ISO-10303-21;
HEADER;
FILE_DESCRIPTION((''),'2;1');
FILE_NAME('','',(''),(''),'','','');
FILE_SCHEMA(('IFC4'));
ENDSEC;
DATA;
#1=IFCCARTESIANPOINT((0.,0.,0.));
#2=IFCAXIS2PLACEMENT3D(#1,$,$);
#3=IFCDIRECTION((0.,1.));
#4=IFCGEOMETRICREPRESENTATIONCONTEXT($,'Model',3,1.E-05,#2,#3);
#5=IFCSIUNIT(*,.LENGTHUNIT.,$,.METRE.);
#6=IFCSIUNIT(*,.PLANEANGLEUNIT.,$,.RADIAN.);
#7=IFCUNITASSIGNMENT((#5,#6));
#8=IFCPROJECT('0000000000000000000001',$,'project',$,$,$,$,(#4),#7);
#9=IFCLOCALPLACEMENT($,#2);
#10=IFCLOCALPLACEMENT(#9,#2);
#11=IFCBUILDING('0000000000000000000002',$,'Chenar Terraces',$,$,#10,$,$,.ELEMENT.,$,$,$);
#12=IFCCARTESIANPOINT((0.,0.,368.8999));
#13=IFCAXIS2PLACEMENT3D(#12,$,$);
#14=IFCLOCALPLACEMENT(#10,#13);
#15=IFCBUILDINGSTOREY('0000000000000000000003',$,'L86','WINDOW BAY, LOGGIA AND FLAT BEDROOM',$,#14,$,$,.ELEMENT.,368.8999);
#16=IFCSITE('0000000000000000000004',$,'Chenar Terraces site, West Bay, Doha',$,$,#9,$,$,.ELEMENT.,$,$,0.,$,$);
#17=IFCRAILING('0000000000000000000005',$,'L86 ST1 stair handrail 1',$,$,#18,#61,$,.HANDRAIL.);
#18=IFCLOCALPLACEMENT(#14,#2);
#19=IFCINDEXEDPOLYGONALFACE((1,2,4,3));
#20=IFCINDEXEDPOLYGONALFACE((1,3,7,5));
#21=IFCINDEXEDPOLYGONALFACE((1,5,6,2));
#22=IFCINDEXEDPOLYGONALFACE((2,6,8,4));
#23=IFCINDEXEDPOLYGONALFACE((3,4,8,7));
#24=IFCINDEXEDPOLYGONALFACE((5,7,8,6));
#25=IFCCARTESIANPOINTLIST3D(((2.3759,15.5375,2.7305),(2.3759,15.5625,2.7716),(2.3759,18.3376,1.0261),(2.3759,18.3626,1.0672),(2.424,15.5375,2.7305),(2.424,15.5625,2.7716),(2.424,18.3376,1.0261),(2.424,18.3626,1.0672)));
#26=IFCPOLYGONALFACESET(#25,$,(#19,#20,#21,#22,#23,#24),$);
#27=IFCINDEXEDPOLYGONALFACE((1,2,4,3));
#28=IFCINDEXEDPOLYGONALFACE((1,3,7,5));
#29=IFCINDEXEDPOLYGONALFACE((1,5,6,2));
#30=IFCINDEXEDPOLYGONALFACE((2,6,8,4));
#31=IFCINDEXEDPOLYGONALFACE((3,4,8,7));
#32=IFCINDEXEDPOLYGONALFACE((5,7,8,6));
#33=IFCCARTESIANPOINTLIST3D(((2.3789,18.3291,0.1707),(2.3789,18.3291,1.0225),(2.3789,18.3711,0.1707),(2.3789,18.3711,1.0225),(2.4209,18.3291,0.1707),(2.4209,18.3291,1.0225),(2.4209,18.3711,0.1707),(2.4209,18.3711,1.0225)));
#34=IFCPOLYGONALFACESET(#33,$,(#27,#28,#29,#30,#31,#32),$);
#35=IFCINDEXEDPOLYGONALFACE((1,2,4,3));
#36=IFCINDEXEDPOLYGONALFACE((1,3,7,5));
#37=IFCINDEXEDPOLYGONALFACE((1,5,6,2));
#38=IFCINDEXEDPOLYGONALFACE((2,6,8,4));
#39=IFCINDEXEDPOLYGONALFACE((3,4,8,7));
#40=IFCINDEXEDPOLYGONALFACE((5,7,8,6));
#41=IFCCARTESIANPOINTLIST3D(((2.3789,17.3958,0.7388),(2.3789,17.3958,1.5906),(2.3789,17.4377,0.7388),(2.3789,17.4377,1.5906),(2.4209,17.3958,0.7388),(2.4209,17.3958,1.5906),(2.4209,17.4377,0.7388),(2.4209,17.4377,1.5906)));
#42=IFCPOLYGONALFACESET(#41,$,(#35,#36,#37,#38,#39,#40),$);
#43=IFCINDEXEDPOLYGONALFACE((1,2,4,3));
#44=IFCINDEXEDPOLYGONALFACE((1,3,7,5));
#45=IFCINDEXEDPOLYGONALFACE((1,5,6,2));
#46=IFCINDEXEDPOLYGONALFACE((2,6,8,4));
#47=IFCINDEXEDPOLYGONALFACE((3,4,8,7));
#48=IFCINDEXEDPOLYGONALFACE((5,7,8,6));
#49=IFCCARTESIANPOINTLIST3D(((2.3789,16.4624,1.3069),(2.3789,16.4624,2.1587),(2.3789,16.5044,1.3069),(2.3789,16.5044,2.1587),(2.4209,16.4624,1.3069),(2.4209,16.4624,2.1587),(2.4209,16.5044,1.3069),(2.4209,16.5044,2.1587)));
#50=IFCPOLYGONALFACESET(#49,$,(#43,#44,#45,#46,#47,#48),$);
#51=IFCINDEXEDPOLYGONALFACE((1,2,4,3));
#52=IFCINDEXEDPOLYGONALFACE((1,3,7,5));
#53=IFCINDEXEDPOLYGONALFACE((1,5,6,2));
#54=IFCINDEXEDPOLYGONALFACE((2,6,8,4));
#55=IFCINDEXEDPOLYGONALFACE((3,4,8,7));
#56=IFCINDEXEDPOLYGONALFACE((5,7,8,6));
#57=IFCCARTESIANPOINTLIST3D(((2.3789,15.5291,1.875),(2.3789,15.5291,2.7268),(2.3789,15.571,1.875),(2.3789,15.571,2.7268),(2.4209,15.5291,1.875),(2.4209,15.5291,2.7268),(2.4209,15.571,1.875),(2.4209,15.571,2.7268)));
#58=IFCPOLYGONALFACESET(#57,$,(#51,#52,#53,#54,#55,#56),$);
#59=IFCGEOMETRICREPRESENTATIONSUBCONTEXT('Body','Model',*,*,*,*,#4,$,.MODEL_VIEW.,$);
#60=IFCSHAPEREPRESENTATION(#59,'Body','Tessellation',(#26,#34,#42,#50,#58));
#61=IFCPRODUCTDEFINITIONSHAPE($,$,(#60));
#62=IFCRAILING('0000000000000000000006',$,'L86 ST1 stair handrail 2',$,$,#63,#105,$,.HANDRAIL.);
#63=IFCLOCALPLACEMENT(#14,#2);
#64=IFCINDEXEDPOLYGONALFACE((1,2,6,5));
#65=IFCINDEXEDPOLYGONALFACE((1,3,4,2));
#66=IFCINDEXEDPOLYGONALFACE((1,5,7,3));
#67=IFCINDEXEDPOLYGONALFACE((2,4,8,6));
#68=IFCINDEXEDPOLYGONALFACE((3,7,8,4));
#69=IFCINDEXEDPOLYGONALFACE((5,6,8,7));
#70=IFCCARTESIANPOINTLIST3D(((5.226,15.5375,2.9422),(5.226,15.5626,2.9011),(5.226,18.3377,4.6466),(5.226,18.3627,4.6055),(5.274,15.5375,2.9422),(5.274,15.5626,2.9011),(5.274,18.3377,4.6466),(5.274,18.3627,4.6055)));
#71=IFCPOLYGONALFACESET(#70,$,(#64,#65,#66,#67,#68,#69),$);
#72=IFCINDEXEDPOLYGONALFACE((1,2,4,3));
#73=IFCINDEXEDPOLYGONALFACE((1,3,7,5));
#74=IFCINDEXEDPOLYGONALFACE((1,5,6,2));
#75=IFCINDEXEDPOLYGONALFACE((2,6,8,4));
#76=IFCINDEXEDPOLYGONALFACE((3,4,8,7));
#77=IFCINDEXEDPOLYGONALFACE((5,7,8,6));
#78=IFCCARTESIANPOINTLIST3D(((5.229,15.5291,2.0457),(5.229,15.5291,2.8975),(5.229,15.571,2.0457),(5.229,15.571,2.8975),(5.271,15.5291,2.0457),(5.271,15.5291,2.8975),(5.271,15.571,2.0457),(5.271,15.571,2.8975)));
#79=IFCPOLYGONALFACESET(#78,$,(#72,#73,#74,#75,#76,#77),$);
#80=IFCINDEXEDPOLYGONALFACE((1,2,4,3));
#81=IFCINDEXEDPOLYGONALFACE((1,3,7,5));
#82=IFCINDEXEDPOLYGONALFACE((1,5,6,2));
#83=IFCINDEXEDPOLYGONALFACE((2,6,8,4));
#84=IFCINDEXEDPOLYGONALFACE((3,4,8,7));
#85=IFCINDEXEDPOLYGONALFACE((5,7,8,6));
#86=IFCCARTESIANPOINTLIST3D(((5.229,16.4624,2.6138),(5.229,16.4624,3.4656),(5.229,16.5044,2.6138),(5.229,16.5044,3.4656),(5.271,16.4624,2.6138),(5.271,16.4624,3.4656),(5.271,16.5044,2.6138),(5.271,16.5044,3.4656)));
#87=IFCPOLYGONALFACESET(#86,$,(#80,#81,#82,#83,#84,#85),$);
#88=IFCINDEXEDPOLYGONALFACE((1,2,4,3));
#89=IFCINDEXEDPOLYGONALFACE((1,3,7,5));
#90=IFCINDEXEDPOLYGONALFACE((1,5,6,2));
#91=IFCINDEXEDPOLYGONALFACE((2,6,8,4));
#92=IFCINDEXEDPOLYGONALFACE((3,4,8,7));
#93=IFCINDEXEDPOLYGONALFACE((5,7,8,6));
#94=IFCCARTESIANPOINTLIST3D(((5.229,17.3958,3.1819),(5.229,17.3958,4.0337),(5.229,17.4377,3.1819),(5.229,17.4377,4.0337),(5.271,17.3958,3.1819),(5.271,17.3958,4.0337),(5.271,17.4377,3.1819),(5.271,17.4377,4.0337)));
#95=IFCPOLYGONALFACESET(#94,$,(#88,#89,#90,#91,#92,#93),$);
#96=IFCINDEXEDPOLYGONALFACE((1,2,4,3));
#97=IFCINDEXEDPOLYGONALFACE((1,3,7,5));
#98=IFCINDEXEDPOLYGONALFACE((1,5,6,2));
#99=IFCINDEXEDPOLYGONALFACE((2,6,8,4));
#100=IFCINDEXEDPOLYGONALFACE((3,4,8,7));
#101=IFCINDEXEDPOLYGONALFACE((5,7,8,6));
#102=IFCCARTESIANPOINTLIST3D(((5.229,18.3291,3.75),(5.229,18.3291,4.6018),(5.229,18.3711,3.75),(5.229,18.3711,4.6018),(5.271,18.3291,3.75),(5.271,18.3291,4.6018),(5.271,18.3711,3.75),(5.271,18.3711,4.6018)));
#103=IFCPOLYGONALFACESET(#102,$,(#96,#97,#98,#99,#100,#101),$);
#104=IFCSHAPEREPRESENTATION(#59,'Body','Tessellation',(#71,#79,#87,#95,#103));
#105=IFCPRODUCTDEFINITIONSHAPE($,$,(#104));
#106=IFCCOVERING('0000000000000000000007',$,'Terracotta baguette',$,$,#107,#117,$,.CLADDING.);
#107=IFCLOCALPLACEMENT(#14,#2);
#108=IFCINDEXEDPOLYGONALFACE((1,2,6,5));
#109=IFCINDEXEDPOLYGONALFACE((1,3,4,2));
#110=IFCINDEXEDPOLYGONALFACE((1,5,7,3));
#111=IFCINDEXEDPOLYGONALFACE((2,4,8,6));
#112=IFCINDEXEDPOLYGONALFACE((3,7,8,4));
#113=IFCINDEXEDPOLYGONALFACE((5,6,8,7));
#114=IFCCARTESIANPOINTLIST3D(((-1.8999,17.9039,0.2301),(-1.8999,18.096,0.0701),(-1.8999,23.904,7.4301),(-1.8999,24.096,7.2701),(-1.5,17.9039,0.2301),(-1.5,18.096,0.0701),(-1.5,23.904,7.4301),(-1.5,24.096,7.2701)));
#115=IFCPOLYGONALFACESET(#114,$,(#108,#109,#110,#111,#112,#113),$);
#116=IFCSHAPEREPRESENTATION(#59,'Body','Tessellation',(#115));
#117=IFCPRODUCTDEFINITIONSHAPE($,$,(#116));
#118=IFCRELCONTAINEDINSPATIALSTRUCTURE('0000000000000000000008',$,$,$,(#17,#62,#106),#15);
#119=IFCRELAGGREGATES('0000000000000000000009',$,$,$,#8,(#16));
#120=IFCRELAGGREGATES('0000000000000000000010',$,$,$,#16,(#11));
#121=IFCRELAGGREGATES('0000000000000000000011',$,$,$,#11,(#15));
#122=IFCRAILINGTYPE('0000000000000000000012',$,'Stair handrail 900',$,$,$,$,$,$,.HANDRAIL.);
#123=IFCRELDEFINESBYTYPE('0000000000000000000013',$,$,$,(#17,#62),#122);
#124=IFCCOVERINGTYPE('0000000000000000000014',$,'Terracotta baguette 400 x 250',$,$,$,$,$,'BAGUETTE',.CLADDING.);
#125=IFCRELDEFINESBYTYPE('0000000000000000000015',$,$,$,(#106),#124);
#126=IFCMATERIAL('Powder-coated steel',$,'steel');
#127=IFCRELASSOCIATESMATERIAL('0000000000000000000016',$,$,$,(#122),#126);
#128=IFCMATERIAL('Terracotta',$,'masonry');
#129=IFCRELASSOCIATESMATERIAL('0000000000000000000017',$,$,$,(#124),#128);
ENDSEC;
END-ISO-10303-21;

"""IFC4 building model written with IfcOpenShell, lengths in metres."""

from ifc_helpers import new_model, si_unit, direction, frame, origin, origin_2d, place, context, subcontext, project, spatial, rectangle, extrude, material, material_profile, profile_set, type_object, element, save


model = new_model("IFC4")

# Units and contexts
model_context = context("Model", 3, precision=1e-05, world=origin(), true_north=direction((0.0, 1.0)))
body_context = subcontext(model_context, "Body", "Model", "MODEL_VIEW")
ifc_project = project(units=[si_unit("LENGTHUNIT", "METRE"), si_unit("PLANEANGLEUNIT", "RADIAN")], contexts=[model_context])

# Site, building, storey
site_placement = place(None, origin())
site = spatial("IfcSite", under=ifc_project, at=site_placement, Name="Chenar Terraces site, West Bay, Doha", CompositionType="ELEMENT", RefElevation=0.0)
building_placement = place(site_placement, origin())
building = spatial("IfcBuilding", under=site, at=building_placement, Name="Chenar Terraces", CompositionType="ELEMENT")
storey_placement = place(building_placement, frame((0.0, 0.0, 368.8999)))
storey = spatial("IfcBuildingStorey", under=building, at=storey_placement, Name="L86", Description="WINDOW BAY, LOGGIA AND FLAT BEDROOM", CompositionType="ELEMENT", Elevation=368.8999)

# Railings
ifc_material_1 = material(Name="Powder-coated steel", Category="steel")
railing_type_1 = type_object("IfcRailingType", Name="Stair handrail 900", PredefinedType="HANDRAIL", material=ifc_material_1)
railing_1_placement = place(storey_placement, frame((2.3999, 18.3501, 0.1707)))
element("IfcRailing", 1, at=railing_1_placement, inside=storey, type_object=railing_type_1, Name="L86 ST1 stair handrail 1", PredefinedType="HANDRAIL", context=body_context, shape_type="SweptSolid", body=[
    extrude(rectangle(XDim=0.0481, YDim=0.0481, at=origin_2d()), frame((0.0, 0.0, 0.876), z_axis=(0.0, -0.854203, 0.51994), x_axis=(1.0, 0.0, 0.0)), (0.0, 0.0, 1.0), 3.2781),
    extrude(rectangle(XDim=0.042, YDim=0.042, at=origin_2d()), origin(), (0.0, 0.0, 1.0), 0.8518),
    extrude(rectangle(XDim=0.042, YDim=0.042, at=origin_2d()), frame((0.0, -0.9333, 0.5681)), (0.0, 0.0, 1.0), 0.8518),
    extrude(rectangle(XDim=0.042, YDim=0.042, at=origin_2d()), frame((0.0, -1.8667, 1.1362)), (0.0, 0.0, 1.0), 0.8518),
    extrude(rectangle(XDim=0.042, YDim=0.042, at=origin_2d()), frame((0.0, -2.8, 1.7043)), (0.0, 0.0, 1.0), 0.8518),
])
railing_2_placement = place(storey_placement, frame((5.25, 15.55, 2.0457)))
element("IfcRailing", 2, at=railing_2_placement, inside=storey, type_object=railing_type_1, Name="L86 ST1 stair handrail 2", PredefinedType="HANDRAIL", context=body_context, shape_type="SweptSolid", body=[
    extrude(rectangle(XDim=0.0481, YDim=0.0481, at=origin_2d()), frame((0.0, 0.0, 0.876), z_axis=(0.0, 0.854203, 0.51994), x_axis=(-1.0, 0.0, 0.0)), (0.0, 0.0, 1.0), 3.2781),
    extrude(rectangle(XDim=0.042, YDim=0.042, at=origin_2d()), origin(), (0.0, 0.0, 1.0), 0.8518),
    extrude(rectangle(XDim=0.042, YDim=0.042, at=origin_2d()), frame((0.0, 0.9333, 0.5681)), (0.0, 0.0, 1.0), 0.8518),
    extrude(rectangle(XDim=0.042, YDim=0.042, at=origin_2d()), frame((0.0, 1.8667, 1.1362)), (0.0, 0.0, 1.0), 0.8518),
    extrude(rectangle(XDim=0.042, YDim=0.042, at=origin_2d()), frame((0.0, 2.8, 1.7043)), (0.0, 0.0, 1.0), 0.8518),
])

# Covering
ifc_material_2 = material(Name="Terracotta", Category="masonry")
ifc_material_profile_1 = material_profile(ifc_material_2, rectangle(XDim=0.3999, YDim=0.25, at=origin_2d()), Name="Terracotta baguette 400 x 250")
ifc_profile_set_1 = profile_set([ifc_material_profile_1], Name="Terracotta")
covering_type = type_object("IfcCoveringType", Name="Terracotta baguette 400 x 250", ElementType="BAGUETTE", PredefinedType="CLADDING", material=ifc_profile_set_1)
covering_placement = place(storey_placement, frame((-1.7, 24.0, 7.3501), z_axis=(0.0, -0.640187, -0.768219), x_axis=(1.0, 0.0, 0.0)))
element("IfcCovering", 3, at=covering_placement, inside=storey, type_object=covering_type, Name="Terracotta baguette", PredefinedType="CLADDING", context=body_context, shape_type="SweptSolid", body=[
    extrude(rectangle(XDim=0.3999, YDim=0.25, at=origin_2d()), origin(), (0.0, 0.0, 1.0), 9.3723),
])

save(model, "model.ifc")
